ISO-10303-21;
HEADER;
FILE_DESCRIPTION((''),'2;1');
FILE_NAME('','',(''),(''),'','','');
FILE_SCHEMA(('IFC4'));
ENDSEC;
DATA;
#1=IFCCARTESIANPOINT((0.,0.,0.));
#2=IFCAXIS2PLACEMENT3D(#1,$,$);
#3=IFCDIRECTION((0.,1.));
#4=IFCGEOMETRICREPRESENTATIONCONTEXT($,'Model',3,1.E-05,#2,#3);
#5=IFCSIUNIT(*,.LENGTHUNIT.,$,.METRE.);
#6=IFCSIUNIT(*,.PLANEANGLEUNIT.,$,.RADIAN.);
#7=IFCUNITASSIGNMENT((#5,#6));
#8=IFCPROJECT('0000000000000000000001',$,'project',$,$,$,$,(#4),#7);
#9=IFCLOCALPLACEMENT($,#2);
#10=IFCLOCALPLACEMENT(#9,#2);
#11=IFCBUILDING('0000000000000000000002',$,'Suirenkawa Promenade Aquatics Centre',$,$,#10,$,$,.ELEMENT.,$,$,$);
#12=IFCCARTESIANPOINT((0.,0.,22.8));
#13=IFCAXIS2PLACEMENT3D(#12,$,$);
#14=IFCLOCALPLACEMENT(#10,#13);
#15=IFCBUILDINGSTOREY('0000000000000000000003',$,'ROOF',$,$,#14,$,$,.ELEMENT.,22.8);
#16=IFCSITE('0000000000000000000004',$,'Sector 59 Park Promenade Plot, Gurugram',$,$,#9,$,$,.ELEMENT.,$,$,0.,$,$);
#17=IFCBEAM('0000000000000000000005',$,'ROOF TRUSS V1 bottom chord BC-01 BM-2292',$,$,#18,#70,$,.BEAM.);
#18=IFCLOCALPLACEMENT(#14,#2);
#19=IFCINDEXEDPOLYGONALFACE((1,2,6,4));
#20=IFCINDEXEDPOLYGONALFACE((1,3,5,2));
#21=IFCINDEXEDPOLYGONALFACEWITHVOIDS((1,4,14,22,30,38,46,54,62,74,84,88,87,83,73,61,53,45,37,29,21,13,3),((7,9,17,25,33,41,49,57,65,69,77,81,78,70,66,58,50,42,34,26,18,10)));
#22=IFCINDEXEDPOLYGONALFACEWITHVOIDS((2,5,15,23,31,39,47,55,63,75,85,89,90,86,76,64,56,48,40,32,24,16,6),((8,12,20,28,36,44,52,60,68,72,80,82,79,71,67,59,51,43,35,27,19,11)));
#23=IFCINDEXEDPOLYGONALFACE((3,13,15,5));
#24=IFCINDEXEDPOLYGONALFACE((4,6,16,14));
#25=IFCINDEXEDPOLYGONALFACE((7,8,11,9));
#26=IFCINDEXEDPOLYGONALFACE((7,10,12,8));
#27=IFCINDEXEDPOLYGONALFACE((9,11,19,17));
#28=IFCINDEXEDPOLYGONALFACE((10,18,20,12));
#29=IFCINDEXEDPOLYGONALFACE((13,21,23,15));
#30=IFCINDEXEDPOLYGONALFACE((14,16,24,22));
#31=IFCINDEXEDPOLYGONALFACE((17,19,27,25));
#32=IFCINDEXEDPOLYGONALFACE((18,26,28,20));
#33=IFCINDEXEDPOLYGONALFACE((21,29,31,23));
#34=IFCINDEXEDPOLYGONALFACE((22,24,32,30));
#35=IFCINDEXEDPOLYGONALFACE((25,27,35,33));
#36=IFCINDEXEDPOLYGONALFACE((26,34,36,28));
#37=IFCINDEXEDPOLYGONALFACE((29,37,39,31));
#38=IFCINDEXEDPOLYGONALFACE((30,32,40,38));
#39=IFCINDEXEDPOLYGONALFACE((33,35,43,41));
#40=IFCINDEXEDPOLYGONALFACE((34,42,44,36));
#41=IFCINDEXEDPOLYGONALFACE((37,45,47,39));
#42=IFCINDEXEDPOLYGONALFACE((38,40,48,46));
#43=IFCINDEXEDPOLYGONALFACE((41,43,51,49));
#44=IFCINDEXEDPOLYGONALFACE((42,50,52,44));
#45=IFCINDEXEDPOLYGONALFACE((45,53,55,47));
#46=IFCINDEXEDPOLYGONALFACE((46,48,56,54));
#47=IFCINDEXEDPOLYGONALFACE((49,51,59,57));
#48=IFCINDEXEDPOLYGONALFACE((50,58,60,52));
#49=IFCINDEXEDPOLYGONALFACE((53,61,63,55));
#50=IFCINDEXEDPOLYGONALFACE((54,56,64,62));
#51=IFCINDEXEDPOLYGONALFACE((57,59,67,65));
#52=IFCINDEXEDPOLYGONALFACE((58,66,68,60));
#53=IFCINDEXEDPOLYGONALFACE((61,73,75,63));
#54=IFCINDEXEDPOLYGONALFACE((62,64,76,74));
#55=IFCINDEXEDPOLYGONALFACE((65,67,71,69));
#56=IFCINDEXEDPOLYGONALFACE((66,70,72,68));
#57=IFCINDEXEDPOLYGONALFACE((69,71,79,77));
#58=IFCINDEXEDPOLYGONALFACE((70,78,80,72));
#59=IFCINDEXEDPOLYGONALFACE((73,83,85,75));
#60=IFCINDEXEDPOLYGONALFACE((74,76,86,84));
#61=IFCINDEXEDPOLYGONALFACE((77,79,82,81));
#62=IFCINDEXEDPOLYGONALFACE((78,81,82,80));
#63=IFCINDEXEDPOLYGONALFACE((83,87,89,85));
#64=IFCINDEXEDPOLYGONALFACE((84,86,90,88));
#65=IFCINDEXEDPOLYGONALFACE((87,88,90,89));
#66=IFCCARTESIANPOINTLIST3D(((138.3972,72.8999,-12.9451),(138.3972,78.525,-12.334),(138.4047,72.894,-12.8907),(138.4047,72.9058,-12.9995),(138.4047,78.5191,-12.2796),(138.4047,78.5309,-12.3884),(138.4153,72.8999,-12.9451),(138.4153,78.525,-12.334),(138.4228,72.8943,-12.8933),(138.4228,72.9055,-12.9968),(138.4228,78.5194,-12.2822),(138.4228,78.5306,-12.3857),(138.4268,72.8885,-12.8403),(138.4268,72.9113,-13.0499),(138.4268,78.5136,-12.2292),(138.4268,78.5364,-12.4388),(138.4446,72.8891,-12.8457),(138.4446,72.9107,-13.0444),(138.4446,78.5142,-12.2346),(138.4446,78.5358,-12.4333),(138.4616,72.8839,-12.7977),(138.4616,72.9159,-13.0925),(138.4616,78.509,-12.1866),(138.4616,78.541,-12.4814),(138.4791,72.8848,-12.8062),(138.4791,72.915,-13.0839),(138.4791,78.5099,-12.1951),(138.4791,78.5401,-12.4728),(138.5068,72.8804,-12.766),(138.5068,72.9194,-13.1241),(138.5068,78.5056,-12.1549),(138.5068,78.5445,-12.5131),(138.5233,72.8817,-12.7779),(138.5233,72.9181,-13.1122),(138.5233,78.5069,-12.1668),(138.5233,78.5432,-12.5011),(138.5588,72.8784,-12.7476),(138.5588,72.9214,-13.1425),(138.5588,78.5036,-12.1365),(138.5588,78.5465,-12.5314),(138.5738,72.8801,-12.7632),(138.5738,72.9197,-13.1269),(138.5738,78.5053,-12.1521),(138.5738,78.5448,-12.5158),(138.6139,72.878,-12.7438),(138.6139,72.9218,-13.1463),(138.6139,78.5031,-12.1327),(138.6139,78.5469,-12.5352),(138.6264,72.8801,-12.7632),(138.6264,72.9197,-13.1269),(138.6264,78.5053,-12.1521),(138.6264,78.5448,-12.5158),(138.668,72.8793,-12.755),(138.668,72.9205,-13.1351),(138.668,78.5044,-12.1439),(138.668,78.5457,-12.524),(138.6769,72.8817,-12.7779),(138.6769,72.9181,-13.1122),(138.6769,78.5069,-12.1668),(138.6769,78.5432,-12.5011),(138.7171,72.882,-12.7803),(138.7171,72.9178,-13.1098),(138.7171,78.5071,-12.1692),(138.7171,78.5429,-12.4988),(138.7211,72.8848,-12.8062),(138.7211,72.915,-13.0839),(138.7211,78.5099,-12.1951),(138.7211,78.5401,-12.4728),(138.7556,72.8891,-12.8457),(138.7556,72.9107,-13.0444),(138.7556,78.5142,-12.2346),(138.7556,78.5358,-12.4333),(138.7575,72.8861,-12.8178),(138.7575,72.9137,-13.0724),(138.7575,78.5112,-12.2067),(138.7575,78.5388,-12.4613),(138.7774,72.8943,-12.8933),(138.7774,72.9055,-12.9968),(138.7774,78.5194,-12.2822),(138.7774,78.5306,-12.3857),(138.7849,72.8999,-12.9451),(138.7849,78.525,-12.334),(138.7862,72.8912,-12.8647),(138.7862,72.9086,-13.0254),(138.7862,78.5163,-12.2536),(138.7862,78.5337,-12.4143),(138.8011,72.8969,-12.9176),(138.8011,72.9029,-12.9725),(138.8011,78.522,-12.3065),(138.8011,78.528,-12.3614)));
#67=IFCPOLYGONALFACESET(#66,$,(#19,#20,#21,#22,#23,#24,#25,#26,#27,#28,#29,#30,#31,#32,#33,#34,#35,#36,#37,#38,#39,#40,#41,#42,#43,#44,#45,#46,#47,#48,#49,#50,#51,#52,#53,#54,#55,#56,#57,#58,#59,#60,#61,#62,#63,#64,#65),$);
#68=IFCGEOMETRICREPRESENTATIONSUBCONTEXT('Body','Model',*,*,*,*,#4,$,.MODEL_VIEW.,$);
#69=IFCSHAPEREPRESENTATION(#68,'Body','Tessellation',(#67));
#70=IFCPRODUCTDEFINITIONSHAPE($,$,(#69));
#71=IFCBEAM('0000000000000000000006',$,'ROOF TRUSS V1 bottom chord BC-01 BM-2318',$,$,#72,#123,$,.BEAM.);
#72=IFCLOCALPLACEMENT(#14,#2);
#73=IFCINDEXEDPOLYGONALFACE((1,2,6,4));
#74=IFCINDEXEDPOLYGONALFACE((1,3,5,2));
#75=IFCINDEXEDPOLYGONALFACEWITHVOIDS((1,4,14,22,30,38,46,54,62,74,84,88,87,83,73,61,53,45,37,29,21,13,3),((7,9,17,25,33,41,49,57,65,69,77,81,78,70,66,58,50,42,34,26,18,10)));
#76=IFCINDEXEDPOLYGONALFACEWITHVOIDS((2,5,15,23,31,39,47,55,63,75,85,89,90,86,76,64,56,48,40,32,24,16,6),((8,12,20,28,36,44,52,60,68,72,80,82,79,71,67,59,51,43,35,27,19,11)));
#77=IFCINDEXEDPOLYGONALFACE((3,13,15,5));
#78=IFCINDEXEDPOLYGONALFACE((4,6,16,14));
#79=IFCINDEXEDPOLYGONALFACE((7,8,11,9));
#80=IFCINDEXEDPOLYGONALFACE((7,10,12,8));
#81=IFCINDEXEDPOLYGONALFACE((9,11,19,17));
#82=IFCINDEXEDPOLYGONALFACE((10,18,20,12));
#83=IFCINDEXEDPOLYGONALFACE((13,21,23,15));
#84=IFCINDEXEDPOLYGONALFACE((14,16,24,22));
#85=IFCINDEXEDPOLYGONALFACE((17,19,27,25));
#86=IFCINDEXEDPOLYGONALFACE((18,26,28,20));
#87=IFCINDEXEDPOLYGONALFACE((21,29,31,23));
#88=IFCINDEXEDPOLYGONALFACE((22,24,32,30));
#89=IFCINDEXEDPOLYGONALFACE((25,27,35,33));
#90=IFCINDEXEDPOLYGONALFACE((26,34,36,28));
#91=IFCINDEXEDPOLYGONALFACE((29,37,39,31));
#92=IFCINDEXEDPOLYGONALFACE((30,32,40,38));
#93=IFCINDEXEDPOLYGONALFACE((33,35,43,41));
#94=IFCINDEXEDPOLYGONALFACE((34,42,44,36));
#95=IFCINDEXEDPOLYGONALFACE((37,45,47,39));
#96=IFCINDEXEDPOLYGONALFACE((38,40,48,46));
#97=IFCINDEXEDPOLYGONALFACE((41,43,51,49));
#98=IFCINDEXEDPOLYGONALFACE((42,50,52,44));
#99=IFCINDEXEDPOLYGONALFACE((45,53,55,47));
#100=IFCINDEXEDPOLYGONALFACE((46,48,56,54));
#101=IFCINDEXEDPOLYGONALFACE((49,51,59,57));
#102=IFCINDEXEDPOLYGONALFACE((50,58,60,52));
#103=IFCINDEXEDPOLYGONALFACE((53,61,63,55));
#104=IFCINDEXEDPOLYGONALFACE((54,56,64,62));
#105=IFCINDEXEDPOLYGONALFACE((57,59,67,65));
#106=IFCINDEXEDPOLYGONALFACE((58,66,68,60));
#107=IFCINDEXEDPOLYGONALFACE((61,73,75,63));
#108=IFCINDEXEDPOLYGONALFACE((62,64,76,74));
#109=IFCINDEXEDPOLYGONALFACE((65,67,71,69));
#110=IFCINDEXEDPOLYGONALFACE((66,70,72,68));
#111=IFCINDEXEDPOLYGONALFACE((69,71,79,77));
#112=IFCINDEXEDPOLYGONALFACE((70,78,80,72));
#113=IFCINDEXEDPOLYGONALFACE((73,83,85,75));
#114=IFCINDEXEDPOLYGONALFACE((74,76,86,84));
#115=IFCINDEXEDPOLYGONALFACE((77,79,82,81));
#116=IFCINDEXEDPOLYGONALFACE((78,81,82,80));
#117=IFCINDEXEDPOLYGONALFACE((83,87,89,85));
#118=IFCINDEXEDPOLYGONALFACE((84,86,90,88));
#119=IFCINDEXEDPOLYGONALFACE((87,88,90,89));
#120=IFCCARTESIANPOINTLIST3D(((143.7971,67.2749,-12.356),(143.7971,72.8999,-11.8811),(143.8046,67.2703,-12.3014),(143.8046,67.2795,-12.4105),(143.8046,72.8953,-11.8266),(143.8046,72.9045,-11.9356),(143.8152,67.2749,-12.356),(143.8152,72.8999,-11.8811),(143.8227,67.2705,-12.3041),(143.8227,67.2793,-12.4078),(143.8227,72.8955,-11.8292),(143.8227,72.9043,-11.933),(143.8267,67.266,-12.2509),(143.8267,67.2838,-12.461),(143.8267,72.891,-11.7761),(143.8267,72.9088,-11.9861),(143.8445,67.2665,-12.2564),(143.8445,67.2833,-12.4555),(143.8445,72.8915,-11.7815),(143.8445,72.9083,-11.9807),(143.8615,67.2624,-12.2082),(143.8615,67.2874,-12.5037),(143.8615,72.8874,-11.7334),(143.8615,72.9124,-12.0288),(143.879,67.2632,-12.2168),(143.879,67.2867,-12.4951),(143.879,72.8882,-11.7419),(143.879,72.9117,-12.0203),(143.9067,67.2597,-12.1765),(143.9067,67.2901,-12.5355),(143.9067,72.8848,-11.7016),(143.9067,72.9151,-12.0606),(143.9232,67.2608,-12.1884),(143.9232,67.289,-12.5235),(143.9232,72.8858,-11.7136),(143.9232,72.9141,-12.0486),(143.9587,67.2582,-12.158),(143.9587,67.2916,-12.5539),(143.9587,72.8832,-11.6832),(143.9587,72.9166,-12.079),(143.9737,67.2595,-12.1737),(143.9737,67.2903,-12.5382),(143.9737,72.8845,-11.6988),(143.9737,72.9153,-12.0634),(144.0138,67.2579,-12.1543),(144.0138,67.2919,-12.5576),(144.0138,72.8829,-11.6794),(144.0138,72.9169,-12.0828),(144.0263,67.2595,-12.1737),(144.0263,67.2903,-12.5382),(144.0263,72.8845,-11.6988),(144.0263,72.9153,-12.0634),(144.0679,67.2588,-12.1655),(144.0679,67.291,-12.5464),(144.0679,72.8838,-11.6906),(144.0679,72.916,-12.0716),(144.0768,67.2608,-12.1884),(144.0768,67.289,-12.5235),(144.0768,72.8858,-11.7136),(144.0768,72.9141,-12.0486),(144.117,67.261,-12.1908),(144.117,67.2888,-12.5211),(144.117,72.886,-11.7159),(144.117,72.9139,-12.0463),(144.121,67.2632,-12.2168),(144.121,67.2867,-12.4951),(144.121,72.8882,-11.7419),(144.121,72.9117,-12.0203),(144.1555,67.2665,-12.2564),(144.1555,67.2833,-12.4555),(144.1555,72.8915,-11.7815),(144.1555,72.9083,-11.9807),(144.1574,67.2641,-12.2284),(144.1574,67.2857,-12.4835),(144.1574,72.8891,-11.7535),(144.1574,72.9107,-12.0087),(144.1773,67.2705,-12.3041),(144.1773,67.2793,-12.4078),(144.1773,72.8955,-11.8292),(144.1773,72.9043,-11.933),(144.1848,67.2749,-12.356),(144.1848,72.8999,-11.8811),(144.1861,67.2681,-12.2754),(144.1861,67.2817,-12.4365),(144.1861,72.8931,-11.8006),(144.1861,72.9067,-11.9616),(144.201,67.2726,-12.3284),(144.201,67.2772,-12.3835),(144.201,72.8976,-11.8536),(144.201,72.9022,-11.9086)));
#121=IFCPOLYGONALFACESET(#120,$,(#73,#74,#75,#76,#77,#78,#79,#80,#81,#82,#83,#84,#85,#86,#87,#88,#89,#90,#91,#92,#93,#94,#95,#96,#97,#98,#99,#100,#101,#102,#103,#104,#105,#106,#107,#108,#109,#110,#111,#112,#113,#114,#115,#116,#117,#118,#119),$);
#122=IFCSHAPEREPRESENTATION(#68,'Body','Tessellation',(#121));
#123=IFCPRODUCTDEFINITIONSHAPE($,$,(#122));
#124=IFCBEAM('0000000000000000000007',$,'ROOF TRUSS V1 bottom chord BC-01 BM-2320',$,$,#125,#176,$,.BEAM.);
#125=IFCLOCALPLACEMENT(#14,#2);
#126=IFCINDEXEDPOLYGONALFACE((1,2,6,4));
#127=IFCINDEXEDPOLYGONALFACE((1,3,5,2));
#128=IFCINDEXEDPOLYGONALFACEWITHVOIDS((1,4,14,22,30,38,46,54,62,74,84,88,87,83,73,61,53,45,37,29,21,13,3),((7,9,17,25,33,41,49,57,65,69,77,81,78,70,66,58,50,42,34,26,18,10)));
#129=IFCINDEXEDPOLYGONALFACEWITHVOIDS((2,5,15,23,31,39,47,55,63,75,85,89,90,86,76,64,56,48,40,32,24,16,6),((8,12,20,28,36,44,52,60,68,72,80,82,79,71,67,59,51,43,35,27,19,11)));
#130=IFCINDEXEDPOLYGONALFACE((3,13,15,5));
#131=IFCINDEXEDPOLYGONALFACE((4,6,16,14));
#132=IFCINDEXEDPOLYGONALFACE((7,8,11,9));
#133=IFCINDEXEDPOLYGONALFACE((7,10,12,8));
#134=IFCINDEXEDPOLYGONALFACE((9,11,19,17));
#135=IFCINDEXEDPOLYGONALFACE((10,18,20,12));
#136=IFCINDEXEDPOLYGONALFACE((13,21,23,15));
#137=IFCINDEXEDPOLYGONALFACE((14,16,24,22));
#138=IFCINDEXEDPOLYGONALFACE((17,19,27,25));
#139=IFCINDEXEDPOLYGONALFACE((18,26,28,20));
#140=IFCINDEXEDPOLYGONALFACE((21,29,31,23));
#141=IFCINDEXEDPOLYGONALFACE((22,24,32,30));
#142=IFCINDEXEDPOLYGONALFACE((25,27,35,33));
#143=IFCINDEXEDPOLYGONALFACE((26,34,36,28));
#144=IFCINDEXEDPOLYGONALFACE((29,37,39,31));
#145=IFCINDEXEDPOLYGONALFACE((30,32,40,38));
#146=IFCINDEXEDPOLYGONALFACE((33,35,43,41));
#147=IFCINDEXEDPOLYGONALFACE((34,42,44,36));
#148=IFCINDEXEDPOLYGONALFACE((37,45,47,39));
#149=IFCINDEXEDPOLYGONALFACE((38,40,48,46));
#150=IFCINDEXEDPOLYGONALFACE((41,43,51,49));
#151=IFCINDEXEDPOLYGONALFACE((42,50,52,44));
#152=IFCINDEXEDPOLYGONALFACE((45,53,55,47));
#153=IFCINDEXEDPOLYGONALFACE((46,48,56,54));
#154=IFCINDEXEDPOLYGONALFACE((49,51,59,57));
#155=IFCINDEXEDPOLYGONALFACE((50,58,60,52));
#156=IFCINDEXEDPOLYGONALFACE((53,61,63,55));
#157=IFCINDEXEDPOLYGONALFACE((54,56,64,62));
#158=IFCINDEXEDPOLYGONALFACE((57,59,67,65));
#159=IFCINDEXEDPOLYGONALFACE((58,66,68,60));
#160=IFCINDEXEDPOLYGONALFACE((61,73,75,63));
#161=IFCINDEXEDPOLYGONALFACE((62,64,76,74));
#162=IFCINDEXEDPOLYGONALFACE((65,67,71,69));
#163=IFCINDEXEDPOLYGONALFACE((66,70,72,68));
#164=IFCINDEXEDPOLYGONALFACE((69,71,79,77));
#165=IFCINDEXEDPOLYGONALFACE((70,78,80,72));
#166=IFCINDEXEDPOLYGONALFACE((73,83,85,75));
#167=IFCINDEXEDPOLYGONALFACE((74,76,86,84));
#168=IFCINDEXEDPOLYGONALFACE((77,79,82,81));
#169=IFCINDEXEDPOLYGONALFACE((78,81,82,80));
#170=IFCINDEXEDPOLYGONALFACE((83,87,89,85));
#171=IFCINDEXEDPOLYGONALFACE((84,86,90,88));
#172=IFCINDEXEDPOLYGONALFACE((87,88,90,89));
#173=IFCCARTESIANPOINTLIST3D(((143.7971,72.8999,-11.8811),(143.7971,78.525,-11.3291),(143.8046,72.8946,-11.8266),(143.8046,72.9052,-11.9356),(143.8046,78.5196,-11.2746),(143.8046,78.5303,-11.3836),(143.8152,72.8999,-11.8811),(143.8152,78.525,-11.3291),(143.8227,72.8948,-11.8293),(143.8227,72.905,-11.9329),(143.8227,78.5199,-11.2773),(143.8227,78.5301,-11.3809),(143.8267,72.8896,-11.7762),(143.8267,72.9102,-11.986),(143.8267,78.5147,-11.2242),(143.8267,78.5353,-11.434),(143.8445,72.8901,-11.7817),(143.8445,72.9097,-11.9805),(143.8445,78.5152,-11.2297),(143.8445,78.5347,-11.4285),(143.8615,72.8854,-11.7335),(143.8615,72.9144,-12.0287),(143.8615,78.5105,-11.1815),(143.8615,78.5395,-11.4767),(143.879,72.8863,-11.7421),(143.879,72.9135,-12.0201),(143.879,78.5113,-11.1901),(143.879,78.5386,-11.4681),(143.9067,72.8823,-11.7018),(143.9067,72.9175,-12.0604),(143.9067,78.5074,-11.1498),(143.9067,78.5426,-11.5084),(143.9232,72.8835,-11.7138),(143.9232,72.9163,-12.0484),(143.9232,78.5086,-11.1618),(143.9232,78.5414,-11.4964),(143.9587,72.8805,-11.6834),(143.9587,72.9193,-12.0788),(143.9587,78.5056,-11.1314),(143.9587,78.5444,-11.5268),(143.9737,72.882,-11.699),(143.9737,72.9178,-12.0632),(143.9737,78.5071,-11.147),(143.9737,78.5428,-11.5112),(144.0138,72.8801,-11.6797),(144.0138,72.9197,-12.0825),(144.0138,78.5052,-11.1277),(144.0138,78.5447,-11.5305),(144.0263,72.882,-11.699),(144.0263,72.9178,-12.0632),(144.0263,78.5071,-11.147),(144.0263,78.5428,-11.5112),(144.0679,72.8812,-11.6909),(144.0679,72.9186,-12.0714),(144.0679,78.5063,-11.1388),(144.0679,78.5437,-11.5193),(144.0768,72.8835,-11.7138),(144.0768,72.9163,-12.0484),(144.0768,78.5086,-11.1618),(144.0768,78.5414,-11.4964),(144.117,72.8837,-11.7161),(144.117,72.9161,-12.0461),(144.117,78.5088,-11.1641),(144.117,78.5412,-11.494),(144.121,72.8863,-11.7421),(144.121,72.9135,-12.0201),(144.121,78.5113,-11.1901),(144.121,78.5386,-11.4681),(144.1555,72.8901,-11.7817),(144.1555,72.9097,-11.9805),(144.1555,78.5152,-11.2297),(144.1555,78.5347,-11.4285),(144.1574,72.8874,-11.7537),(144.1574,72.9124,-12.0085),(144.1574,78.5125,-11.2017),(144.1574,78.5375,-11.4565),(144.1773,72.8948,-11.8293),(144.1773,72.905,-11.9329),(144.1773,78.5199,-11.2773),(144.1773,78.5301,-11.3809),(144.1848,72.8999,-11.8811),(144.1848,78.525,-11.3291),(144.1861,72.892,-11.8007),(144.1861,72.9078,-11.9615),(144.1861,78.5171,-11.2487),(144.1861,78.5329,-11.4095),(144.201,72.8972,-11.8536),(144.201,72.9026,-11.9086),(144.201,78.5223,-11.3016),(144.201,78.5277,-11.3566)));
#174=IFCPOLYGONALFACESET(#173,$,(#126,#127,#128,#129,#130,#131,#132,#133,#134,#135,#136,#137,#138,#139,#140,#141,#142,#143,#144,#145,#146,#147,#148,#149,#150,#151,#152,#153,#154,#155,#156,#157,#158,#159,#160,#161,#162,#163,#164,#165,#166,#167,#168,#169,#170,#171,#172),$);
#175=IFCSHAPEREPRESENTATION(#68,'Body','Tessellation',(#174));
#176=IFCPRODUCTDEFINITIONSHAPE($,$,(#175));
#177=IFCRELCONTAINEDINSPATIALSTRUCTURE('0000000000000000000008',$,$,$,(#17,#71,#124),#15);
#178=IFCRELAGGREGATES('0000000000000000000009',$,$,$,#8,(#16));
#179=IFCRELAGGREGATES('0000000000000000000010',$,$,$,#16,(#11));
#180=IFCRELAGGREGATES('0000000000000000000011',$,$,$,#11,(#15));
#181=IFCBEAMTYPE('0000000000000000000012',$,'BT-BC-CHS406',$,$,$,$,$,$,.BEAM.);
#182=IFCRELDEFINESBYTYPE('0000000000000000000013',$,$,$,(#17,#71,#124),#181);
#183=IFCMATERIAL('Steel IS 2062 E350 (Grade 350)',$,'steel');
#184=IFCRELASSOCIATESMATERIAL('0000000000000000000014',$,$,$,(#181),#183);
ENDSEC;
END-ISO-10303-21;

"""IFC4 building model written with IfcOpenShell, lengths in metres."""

from ifc_helpers import new_model, si_unit, direction, frame, origin, origin_2d, place, context, subcontext, project, spatial, hollow_circle, extrude, material, material_profile, profile_set, type_object, element, save


model = new_model("IFC4")

# Units and contexts
model_context = context("Model", 3, precision=1e-05, world=origin(), true_north=direction((0.0, 1.0)))
body_context = subcontext(model_context, "Body", "Model", "MODEL_VIEW")
ifc_project = project(units=[si_unit("LENGTHUNIT", "METRE"), si_unit("PLANEANGLEUNIT", "RADIAN")], contexts=[model_context])

# Site, building, storey
site_placement = place(None, origin())
site = spatial("IfcSite", under=ifc_project, at=site_placement, Name="Sector 59 Park Promenade Plot, Gurugram", CompositionType="ELEMENT", RefElevation=0.0)
building_placement = place(site_placement, origin())
building = spatial("IfcBuilding", under=site, at=building_placement, Name="Suirenkawa Promenade Aquatics Centre", CompositionType="ELEMENT")
storey_placement = place(building_placement, frame((0.0, 0.0, 22.8)))
storey = spatial("IfcBuildingStorey", under=building, at=storey_placement, Name="ROOF", CompositionType="ELEMENT", Elevation=22.8)

# Beams
ifc_material = material(Name="Steel IS 2062 E350 (Grade 350)", Category="steel")
ifc_material_profile_1 = material_profile(ifc_material, hollow_circle(Radius=0.2029, WallThickness=0.0181, at=origin_2d()), Name="CHS 406x18", Category="steel")
ifc_profile_set_1 = profile_set([ifc_material_profile_1], Name="Steel IS 2062 E350 (Grade 350)")
beam_type_1 = type_object("IfcBeamType", Name="BT-BC-CHS406", PredefinedType="BEAM", material=ifc_profile_set_1)
beam_1_placement = place(storey_placement, frame((138.6001, 72.8999, -12.9451), z_axis=(0.0, 0.994151, 0.108002), x_axis=(-1.0, 0.0, 0.0)))
element("IfcBeam", 1, at=beam_1_placement, inside=storey, type_object=beam_type_1, Name="ROOF TRUSS V1 bottom chord BC-01 BM-2292", PredefinedType="BEAM", context=body_context, shape_type="SweptSolid", body=[
    extrude(hollow_circle(Radius=0.2029, WallThickness=0.0181, at=origin_2d()), origin(), (0.0, 0.0, 1.0), 5.6582),
])
beam_2_placement = place(storey_placement, frame((144.0, 67.2749, -12.356), z_axis=(0.0, 0.996456, 0.084119), x_axis=(-1.0, 0.0, 0.0)))
element("IfcBeam", 2, at=beam_2_placement, inside=storey, type_object=beam_type_1, Name="ROOF TRUSS V1 bottom chord BC-01 BM-2318", PredefinedType="BEAM", context=body_context, shape_type="SweptSolid", body=[
    extrude(hollow_circle(Radius=0.2029, WallThickness=0.0181, at=origin_2d()), origin(), (0.0, 0.0, 1.0), 5.645),
])
beam_3_placement = place(storey_placement, frame((144.0, 72.8999, -11.8811), z_axis=(0.0, 0.995219, 0.097665), x_axis=(-1.0, 0.0, 0.0)))
element("IfcBeam", 3, at=beam_3_placement, inside=storey, type_object=beam_type_1, Name="ROOF TRUSS V1 bottom chord BC-01 BM-2320", PredefinedType="BEAM", context=body_context, shape_type="SweptSolid", body=[
    extrude(hollow_circle(Radius=0.2029, WallThickness=0.0181, at=origin_2d()), origin(), (0.0, 0.0, 1.0), 5.6521),
])

save(model, "model.ifc")
